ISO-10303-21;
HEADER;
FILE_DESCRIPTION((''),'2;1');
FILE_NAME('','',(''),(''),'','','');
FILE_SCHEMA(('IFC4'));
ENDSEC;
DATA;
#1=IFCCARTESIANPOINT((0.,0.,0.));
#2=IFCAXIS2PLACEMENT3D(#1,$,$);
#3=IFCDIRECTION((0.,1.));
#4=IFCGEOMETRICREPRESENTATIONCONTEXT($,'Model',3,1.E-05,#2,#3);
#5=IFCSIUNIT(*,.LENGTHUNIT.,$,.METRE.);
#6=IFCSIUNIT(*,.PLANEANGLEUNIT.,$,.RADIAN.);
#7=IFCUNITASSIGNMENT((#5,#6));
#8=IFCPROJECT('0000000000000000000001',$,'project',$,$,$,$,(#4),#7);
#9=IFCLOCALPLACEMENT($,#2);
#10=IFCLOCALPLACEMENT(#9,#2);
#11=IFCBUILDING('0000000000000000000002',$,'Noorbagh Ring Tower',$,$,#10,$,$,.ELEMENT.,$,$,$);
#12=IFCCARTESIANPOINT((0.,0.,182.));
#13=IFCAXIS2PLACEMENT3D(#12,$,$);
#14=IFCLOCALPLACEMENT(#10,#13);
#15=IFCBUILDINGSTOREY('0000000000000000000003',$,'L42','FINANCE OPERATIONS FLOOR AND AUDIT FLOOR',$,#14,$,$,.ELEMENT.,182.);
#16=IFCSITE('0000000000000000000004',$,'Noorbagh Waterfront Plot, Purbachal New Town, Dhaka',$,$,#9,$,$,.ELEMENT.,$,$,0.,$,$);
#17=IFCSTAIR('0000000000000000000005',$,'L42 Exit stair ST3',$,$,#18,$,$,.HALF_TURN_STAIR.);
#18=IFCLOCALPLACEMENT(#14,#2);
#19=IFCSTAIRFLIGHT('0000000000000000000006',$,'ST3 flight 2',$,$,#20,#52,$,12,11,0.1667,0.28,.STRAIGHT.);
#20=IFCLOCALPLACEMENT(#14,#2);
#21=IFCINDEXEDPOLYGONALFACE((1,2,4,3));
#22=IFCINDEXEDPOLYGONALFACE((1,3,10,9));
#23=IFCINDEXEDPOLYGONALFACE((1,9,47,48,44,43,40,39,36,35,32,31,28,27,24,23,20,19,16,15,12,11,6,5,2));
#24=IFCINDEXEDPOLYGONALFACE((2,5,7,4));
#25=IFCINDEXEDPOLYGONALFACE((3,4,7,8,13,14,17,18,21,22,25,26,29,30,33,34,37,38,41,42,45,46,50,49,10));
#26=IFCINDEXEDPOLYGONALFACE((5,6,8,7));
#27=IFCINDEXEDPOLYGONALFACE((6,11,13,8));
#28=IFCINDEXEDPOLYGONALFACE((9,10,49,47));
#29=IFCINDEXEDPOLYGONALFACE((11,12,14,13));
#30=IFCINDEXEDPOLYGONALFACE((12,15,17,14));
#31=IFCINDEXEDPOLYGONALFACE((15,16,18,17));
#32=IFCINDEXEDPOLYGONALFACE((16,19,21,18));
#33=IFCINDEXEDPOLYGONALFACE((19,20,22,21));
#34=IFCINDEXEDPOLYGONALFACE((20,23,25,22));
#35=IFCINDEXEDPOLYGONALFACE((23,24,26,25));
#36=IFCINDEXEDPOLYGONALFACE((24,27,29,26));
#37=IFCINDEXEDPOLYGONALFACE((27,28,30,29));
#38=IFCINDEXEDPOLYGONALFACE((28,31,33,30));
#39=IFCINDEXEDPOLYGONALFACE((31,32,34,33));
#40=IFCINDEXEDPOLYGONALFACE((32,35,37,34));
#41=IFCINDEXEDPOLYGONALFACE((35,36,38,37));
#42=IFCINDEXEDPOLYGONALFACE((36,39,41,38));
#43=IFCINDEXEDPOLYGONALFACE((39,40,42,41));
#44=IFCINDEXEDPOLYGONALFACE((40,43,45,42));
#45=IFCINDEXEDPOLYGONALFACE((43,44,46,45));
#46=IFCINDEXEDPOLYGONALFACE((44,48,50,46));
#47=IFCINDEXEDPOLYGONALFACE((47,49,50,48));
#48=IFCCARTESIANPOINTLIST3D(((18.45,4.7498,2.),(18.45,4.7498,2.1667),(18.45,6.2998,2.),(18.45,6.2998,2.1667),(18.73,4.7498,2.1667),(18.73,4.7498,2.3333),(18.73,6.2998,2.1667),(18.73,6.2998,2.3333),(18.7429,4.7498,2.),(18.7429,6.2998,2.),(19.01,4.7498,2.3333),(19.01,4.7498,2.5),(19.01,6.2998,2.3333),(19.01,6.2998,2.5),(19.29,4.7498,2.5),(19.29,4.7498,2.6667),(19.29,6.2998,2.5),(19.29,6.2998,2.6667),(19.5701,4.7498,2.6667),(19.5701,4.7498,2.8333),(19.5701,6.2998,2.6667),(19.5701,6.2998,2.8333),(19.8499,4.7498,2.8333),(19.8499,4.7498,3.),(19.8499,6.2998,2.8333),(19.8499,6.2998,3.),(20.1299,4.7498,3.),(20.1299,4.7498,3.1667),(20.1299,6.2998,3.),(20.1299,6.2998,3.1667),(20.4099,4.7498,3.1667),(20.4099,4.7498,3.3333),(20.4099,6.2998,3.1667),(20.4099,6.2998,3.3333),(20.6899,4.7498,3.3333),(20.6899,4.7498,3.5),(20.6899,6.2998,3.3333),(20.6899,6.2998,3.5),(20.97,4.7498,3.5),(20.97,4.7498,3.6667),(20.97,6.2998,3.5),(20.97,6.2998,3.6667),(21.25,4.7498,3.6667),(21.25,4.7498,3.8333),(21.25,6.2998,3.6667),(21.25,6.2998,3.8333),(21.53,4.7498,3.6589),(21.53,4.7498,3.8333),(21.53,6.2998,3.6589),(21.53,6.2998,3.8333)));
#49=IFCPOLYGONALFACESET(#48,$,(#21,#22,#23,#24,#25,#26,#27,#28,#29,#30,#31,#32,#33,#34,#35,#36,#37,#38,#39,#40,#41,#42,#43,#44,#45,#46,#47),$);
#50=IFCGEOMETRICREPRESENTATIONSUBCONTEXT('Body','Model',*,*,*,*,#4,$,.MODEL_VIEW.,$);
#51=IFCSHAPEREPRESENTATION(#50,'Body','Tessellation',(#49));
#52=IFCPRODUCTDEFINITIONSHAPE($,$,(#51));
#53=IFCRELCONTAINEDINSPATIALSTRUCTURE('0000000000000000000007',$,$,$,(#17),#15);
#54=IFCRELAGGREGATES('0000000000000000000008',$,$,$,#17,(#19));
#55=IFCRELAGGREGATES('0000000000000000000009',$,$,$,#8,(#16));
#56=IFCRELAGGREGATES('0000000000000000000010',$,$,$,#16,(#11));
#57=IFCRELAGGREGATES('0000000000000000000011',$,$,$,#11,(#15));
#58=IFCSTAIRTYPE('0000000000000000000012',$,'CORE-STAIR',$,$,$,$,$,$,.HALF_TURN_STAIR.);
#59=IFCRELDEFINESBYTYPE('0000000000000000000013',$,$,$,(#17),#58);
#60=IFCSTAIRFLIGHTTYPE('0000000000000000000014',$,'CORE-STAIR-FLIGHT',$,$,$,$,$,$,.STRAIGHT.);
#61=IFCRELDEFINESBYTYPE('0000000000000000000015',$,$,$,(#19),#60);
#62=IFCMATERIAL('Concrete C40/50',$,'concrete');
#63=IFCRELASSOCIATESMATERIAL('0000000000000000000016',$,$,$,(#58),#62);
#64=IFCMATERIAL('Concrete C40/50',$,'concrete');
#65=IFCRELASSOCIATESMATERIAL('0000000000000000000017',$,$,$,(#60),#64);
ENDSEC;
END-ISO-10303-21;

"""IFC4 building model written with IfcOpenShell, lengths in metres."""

from ifc_helpers import new_model, si_unit, direction, frame, origin, place, context, subcontext, project, spatial, polyline, outline, extrude, material, type_object, element, aggregate, save


model = new_model("IFC4")

# Units and contexts
model_context = context("Model", 3, precision=1e-05, world=origin(), true_north=direction((0.0, 1.0)))
body_context = subcontext(model_context, "Body", "Model", "MODEL_VIEW")
ifc_project = project(units=[si_unit("LENGTHUNIT", "METRE"), si_unit("PLANEANGLEUNIT", "RADIAN")], contexts=[model_context])

# Site, building, storey
site_placement = place(None, origin())
site = spatial("IfcSite", under=ifc_project, at=site_placement, Name="Noorbagh Waterfront Plot, Purbachal New Town, Dhaka", CompositionType="ELEMENT", RefElevation=0.0)
building_placement = place(site_placement, origin())
building = spatial("IfcBuilding", under=site, at=building_placement, Name="Noorbagh Ring Tower", CompositionType="ELEMENT")
storey_placement = place(building_placement, frame((0.0, 0.0, 182.0)))
storey = spatial("IfcBuildingStorey", under=building, at=storey_placement, Name="L42", Description="FINANCE OPERATIONS FLOOR AND AUDIT FLOOR", CompositionType="ELEMENT", Elevation=182.0)

# Stair, stair flight
ifc_material_1 = material(Name="Concrete C40/50", Category="concrete")
stair_type = type_object("IfcStairType", Name="CORE-STAIR", PredefinedType="HALF_TURN_STAIR", material=ifc_material_1)
stair_placement = place(storey_placement, origin())
stair = element("IfcStair", 1, at=stair_placement, inside=storey, type_object=stair_type, Name="L42 Exit stair ST3", PredefinedType="HALF_TURN_STAIR")
ifc_material_2 = material(Name="Concrete C40/50", Category="concrete")
stair_flight_type = type_object("IfcStairFlightType", Name="CORE-STAIR-FLIGHT", PredefinedType="STRAIGHT", material=ifc_material_2)
stair_flight_placement = place(storey_placement, frame((18.45, 5.5249, 2.0), z_axis=(0.0, 0.0, 1.0), x_axis=(1.0, 0.0, 0.0)))
stair_flight = element("IfcStairFlight", 2, at=stair_flight_placement, type_object=stair_flight_type, Name="ST3 flight 2", NumberOfRisers=12, NumberOfTreads=11, PredefinedType="STRAIGHT", RiserHeight=0.1667, TreadLength=0.28, context=body_context, shape_type="SweptSolid", body=[
    extrude(outline(polyline([(0.0, 0.0), (0.0, 0.1667), (0.28, 0.1667), (0.28, 0.3333), (0.5601, 0.3333), (0.5601, 0.5), (0.8401, 0.5), (0.8401, 0.6667), (1.1201, 0.6667), (1.1201, 0.8333), (1.3999, 0.8333), (1.3999, 1.0), (1.6799, 1.0), (1.6799, 1.1667), (1.96, 1.1667), (1.96, 1.3333), (2.24, 1.3333), (2.24, 1.5), (2.52, 1.5), (2.52, 1.6667), (2.8, 1.6667), (2.8, 1.8333), (3.0801, 1.8333), (3.0801, 2.0), (3.0801, 1.6589), (0.293, 0.0), (0.0, 0.0)])), frame((0.0, 0.7749, 0.0), z_axis=(0.0, -1.0, 0.0), x_axis=(1.0, 0.0, 0.0)), (0.0, 0.0, 1.0), 1.55),
])
aggregate(stair, [stair_flight])

save(model, "model.ifc")
